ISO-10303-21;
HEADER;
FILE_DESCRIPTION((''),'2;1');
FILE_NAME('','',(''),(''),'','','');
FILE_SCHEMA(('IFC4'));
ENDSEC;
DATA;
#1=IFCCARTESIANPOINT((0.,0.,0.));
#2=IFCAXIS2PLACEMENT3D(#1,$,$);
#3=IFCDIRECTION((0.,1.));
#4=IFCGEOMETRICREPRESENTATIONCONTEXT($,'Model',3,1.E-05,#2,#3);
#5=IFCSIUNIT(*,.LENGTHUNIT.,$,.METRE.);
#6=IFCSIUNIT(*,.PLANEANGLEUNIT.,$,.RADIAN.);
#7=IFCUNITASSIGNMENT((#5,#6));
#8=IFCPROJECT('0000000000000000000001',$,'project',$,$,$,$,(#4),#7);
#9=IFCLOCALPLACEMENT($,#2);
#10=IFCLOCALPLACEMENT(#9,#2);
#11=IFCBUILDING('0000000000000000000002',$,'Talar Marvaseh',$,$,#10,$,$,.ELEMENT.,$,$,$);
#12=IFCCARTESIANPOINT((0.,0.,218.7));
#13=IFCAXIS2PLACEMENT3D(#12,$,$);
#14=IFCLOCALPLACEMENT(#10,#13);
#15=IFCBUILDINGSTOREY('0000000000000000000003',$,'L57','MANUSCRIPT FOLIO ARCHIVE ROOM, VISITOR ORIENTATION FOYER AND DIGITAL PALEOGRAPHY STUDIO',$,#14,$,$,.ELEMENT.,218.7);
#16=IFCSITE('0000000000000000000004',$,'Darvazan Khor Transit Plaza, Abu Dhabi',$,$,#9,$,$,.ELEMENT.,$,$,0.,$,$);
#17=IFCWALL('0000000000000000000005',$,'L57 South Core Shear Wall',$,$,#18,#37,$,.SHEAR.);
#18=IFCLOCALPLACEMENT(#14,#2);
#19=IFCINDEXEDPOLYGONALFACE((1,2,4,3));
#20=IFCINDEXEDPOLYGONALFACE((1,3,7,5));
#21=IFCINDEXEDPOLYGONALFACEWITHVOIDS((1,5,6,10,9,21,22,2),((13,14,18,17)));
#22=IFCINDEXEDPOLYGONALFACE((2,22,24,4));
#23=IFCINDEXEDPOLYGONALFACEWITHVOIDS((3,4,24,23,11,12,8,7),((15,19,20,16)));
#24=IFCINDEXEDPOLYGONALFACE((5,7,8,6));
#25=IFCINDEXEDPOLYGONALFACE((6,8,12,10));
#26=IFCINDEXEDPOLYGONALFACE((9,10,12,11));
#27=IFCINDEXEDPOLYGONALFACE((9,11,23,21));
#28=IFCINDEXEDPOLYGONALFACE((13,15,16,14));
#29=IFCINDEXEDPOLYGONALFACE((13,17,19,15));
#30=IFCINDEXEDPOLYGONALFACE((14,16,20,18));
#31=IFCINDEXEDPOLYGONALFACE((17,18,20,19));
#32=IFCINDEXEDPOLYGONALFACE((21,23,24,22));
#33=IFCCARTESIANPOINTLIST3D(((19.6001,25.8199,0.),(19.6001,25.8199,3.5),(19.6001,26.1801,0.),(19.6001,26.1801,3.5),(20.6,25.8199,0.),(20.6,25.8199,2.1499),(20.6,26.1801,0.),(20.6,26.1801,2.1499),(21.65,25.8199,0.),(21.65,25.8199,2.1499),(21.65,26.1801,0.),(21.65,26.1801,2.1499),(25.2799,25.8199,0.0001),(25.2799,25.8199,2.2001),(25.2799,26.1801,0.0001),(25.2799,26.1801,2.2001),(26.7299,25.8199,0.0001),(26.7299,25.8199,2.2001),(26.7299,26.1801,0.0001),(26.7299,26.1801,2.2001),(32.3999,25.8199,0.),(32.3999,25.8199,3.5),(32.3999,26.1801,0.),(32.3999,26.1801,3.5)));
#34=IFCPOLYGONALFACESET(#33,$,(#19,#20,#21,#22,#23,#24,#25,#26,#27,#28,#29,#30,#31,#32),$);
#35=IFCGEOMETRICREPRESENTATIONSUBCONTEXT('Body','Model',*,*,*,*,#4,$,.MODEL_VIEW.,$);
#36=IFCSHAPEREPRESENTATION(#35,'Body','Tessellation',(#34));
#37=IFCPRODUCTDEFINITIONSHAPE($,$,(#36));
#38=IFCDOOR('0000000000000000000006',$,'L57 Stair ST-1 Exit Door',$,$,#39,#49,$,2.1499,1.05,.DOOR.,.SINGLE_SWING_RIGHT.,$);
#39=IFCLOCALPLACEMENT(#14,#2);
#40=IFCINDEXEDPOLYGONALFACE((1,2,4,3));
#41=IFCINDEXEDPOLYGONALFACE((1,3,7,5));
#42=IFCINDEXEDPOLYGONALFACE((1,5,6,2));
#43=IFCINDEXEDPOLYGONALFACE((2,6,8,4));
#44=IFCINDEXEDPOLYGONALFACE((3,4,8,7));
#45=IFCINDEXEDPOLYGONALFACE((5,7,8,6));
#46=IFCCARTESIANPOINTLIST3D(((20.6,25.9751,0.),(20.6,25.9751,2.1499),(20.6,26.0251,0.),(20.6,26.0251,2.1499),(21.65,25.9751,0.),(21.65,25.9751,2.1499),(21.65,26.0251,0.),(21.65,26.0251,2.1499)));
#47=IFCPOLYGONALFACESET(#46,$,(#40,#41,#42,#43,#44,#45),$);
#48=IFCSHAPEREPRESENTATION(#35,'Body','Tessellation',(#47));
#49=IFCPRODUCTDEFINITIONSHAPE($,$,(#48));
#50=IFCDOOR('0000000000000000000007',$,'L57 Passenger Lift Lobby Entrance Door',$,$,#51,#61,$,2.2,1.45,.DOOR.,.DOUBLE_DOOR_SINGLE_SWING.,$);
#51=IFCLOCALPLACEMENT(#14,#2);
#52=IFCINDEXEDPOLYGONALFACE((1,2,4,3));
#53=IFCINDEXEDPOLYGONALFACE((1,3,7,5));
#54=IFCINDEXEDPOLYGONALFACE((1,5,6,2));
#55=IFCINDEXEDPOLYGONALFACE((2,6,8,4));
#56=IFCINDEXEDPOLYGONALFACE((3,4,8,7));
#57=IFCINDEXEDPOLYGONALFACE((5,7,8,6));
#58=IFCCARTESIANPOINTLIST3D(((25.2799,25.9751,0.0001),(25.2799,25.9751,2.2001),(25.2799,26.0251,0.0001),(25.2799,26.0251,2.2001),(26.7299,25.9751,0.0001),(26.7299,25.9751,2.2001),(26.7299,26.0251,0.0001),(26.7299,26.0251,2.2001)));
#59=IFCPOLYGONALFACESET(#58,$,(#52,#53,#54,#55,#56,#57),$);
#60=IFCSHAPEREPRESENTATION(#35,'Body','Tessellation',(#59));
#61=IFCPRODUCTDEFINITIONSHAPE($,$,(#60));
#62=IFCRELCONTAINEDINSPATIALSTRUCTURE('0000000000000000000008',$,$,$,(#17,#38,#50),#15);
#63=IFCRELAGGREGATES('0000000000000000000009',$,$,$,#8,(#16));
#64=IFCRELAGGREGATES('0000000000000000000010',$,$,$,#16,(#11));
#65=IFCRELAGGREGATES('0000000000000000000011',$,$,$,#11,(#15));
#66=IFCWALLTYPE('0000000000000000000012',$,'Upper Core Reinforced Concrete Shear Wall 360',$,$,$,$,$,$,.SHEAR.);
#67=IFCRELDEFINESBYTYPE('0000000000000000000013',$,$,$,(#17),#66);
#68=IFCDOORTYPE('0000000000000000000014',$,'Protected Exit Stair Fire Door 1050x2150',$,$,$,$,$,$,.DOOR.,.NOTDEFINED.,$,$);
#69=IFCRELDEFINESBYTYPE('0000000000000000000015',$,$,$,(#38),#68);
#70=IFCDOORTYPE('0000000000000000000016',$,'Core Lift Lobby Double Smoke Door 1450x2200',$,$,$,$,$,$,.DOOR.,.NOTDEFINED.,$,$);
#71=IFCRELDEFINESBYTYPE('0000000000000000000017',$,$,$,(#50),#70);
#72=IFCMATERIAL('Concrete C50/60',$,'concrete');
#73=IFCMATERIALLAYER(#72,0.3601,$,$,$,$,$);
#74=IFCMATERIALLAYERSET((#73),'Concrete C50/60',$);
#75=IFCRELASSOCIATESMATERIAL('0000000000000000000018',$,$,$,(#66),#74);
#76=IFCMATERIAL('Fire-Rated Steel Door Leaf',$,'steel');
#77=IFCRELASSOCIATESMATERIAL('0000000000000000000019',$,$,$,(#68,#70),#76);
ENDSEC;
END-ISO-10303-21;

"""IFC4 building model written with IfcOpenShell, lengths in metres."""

from ifc_helpers import new_model, si_unit, direction, frame, frame_2d, origin, place, context, subcontext, project, spatial, rectangle, extrude, source, transform, mapped, material, layer, layer_set, type_object, type_shapes, element, fill, save


model = new_model("IFC4")

# Units and contexts
model_context = context("Model", 3, precision=1e-05, world=origin(), true_north=direction((0.0, 1.0)))
body_context = subcontext(model_context, "Body", "Model", "MODEL_VIEW")
ifc_project = project(units=[si_unit("LENGTHUNIT", "METRE"), si_unit("PLANEANGLEUNIT", "RADIAN")], contexts=[model_context])

# Site, building, storey
site_placement = place(None, origin())
site = spatial("IfcSite", under=ifc_project, at=site_placement, Name="Darvazan Khor Transit Plaza, Abu Dhabi", CompositionType="ELEMENT", RefElevation=0.0)
building_placement = place(site_placement, origin())
building = spatial("IfcBuilding", under=site, at=building_placement, Name="Talar Marvaseh", CompositionType="ELEMENT")
storey_placement = place(building_placement, frame((0.0, 0.0, 218.7)))
storey = spatial("IfcBuildingStorey", under=building, at=storey_placement, Name="L57", Description="MANUSCRIPT FOLIO ARCHIVE ROOM, VISITOR ORIENTATION FOYER AND DIGITAL PALEOGRAPHY STUDIO", CompositionType="ELEMENT", Elevation=218.7)

# Wall, openings, doors
ifc_material_1 = material(Name="Concrete C50/60", Category="concrete")
ifc_layer_1 = layer(ifc_material_1, 0.3601)
ifc_layer_set_1 = layer_set([ifc_layer_1], Name="Concrete C50/60")
wall_type_1 = type_object("IfcWallType", Name="Upper Core Reinforced Concrete Shear Wall 360", PredefinedType="SHEAR", material=ifc_layer_set_1)
wall_1_placement = place(storey_placement, frame((32.3999, 26.0, 0.0), z_axis=(0.0, 0.0, 1.0), x_axis=(-1.0, 0.0, 0.0)))
wall_1 = element("IfcWall", 1, at=wall_1_placement, inside=storey, type_object=wall_type_1, Name="L57 South Core Shear Wall", PredefinedType="SHEAR", context=body_context, shape_type="SweptSolid", body=[
    extrude(rectangle(XDim=12.7998, YDim=0.3601, at=frame_2d((6.3999, 0.0))), origin(), (0.0, 0.0, 1.0), 3.5),
])
opening_1_placement = place(wall_1_placement, frame((10.75, 0.0, 0.0)))
opening_1 = element("IfcOpeningElement", 2, at=opening_1_placement, cuts=wall_1, PredefinedType="OPENING", context=body_context, shape_type="SweptSolid", body=[
    extrude(rectangle(XDim=1.05, YDim=2.1499, at=frame_2d((0.5249, 1.075))), frame((0.0, 0.1899, 0.0), z_axis=(0.0, -1.0, 0.0), x_axis=(1.0, 0.0, 0.0)), (0.0, 0.0, 1.0), 0.3801),
])
opening_2_placement = place(wall_1_placement, frame((5.6699, 0.0, 0.0)))
opening_2 = element("IfcOpeningElement", 3, at=opening_2_placement, cuts=wall_1, PredefinedType="OPENING", context=body_context, shape_type="SweptSolid", body=[
    extrude(rectangle(XDim=1.45, YDim=2.2, at=frame_2d((0.7251, 1.1001))), frame((0.0, 0.1899, 0.0), z_axis=(0.0, -1.0, 0.0), x_axis=(1.0, 0.0, 0.0)), (0.0, 0.0, 1.0), 0.3801),
])
ifc_material_2 = material(Name="Fire-Rated Steel Door Leaf", Category="steel")
door_type_1 = type_object("IfcDoorType", Name="Protected Exit Stair Fire Door 1050x2150", OperationType="NOTDEFINED", PredefinedType="DOOR", material=ifc_material_2)
shared_shape_1 = source(origin(), body_context, "Body", "SweptSolid", [
    extrude(rectangle(XDim=1.05, YDim=2.1499, at=frame_2d((0.5249, 1.075))), frame((0.0, 0.0249, 0.0), z_axis=(0.0, -1.0, 0.0), x_axis=(1.0, 0.0, 0.0)), (0.0, 0.0, 1.0), 0.05),
])
type_shapes(door_type_1, [shared_shape_1])
door_1_placement = place(opening_1_placement, origin())
door_1 = element("IfcDoor", 4, at=door_1_placement, inside=storey, type_object=door_type_1, Name="L57 Stair ST-1 Exit Door", OperationType="SINGLE_SWING_RIGHT", OverallHeight=2.1499, OverallWidth=1.05, PredefinedType="DOOR", context=body_context, shape_type="MappedRepresentation", body=[
    mapped(shared_shape_1, transform((0.0, 0.0, 0.0), x_axis=(1.0, 0.0, 0.0), y_axis=(0.0, 1.0, 0.0), z_axis=(0.0, 0.0, 1.0), scale=1.0)),
])
fill(opening_1, door_1)
door_type_2 = type_object("IfcDoorType", Name="Core Lift Lobby Double Smoke Door 1450x2200", OperationType="NOTDEFINED", PredefinedType="DOOR", material=ifc_material_2)
shared_shape_2 = source(origin(), body_context, "Body", "SweptSolid", [
    extrude(rectangle(XDim=1.45, YDim=2.2, at=frame_2d((0.7251, 1.1001))), frame((0.0, 0.0249, 0.0), z_axis=(0.0, -1.0, 0.0), x_axis=(1.0, 0.0, 0.0)), (0.0, 0.0, 1.0), 0.05),
])
type_shapes(door_type_2, [shared_shape_2])
door_2_placement = place(opening_2_placement, origin())
door_2 = element("IfcDoor", 5, at=door_2_placement, inside=storey, type_object=door_type_2, Name="L57 Passenger Lift Lobby Entrance Door", OperationType="DOUBLE_DOOR_SINGLE_SWING", OverallHeight=2.2, OverallWidth=1.45, PredefinedType="DOOR", context=body_context, shape_type="MappedRepresentation", body=[
    mapped(shared_shape_2, transform((0.0, 0.0, 0.0), x_axis=(1.0, 0.0, 0.0), y_axis=(0.0, 1.0, 0.0), z_axis=(0.0, 0.0, 1.0), scale=1.0)),
])
fill(opening_2, door_2)

save(model, "model.ifc")
